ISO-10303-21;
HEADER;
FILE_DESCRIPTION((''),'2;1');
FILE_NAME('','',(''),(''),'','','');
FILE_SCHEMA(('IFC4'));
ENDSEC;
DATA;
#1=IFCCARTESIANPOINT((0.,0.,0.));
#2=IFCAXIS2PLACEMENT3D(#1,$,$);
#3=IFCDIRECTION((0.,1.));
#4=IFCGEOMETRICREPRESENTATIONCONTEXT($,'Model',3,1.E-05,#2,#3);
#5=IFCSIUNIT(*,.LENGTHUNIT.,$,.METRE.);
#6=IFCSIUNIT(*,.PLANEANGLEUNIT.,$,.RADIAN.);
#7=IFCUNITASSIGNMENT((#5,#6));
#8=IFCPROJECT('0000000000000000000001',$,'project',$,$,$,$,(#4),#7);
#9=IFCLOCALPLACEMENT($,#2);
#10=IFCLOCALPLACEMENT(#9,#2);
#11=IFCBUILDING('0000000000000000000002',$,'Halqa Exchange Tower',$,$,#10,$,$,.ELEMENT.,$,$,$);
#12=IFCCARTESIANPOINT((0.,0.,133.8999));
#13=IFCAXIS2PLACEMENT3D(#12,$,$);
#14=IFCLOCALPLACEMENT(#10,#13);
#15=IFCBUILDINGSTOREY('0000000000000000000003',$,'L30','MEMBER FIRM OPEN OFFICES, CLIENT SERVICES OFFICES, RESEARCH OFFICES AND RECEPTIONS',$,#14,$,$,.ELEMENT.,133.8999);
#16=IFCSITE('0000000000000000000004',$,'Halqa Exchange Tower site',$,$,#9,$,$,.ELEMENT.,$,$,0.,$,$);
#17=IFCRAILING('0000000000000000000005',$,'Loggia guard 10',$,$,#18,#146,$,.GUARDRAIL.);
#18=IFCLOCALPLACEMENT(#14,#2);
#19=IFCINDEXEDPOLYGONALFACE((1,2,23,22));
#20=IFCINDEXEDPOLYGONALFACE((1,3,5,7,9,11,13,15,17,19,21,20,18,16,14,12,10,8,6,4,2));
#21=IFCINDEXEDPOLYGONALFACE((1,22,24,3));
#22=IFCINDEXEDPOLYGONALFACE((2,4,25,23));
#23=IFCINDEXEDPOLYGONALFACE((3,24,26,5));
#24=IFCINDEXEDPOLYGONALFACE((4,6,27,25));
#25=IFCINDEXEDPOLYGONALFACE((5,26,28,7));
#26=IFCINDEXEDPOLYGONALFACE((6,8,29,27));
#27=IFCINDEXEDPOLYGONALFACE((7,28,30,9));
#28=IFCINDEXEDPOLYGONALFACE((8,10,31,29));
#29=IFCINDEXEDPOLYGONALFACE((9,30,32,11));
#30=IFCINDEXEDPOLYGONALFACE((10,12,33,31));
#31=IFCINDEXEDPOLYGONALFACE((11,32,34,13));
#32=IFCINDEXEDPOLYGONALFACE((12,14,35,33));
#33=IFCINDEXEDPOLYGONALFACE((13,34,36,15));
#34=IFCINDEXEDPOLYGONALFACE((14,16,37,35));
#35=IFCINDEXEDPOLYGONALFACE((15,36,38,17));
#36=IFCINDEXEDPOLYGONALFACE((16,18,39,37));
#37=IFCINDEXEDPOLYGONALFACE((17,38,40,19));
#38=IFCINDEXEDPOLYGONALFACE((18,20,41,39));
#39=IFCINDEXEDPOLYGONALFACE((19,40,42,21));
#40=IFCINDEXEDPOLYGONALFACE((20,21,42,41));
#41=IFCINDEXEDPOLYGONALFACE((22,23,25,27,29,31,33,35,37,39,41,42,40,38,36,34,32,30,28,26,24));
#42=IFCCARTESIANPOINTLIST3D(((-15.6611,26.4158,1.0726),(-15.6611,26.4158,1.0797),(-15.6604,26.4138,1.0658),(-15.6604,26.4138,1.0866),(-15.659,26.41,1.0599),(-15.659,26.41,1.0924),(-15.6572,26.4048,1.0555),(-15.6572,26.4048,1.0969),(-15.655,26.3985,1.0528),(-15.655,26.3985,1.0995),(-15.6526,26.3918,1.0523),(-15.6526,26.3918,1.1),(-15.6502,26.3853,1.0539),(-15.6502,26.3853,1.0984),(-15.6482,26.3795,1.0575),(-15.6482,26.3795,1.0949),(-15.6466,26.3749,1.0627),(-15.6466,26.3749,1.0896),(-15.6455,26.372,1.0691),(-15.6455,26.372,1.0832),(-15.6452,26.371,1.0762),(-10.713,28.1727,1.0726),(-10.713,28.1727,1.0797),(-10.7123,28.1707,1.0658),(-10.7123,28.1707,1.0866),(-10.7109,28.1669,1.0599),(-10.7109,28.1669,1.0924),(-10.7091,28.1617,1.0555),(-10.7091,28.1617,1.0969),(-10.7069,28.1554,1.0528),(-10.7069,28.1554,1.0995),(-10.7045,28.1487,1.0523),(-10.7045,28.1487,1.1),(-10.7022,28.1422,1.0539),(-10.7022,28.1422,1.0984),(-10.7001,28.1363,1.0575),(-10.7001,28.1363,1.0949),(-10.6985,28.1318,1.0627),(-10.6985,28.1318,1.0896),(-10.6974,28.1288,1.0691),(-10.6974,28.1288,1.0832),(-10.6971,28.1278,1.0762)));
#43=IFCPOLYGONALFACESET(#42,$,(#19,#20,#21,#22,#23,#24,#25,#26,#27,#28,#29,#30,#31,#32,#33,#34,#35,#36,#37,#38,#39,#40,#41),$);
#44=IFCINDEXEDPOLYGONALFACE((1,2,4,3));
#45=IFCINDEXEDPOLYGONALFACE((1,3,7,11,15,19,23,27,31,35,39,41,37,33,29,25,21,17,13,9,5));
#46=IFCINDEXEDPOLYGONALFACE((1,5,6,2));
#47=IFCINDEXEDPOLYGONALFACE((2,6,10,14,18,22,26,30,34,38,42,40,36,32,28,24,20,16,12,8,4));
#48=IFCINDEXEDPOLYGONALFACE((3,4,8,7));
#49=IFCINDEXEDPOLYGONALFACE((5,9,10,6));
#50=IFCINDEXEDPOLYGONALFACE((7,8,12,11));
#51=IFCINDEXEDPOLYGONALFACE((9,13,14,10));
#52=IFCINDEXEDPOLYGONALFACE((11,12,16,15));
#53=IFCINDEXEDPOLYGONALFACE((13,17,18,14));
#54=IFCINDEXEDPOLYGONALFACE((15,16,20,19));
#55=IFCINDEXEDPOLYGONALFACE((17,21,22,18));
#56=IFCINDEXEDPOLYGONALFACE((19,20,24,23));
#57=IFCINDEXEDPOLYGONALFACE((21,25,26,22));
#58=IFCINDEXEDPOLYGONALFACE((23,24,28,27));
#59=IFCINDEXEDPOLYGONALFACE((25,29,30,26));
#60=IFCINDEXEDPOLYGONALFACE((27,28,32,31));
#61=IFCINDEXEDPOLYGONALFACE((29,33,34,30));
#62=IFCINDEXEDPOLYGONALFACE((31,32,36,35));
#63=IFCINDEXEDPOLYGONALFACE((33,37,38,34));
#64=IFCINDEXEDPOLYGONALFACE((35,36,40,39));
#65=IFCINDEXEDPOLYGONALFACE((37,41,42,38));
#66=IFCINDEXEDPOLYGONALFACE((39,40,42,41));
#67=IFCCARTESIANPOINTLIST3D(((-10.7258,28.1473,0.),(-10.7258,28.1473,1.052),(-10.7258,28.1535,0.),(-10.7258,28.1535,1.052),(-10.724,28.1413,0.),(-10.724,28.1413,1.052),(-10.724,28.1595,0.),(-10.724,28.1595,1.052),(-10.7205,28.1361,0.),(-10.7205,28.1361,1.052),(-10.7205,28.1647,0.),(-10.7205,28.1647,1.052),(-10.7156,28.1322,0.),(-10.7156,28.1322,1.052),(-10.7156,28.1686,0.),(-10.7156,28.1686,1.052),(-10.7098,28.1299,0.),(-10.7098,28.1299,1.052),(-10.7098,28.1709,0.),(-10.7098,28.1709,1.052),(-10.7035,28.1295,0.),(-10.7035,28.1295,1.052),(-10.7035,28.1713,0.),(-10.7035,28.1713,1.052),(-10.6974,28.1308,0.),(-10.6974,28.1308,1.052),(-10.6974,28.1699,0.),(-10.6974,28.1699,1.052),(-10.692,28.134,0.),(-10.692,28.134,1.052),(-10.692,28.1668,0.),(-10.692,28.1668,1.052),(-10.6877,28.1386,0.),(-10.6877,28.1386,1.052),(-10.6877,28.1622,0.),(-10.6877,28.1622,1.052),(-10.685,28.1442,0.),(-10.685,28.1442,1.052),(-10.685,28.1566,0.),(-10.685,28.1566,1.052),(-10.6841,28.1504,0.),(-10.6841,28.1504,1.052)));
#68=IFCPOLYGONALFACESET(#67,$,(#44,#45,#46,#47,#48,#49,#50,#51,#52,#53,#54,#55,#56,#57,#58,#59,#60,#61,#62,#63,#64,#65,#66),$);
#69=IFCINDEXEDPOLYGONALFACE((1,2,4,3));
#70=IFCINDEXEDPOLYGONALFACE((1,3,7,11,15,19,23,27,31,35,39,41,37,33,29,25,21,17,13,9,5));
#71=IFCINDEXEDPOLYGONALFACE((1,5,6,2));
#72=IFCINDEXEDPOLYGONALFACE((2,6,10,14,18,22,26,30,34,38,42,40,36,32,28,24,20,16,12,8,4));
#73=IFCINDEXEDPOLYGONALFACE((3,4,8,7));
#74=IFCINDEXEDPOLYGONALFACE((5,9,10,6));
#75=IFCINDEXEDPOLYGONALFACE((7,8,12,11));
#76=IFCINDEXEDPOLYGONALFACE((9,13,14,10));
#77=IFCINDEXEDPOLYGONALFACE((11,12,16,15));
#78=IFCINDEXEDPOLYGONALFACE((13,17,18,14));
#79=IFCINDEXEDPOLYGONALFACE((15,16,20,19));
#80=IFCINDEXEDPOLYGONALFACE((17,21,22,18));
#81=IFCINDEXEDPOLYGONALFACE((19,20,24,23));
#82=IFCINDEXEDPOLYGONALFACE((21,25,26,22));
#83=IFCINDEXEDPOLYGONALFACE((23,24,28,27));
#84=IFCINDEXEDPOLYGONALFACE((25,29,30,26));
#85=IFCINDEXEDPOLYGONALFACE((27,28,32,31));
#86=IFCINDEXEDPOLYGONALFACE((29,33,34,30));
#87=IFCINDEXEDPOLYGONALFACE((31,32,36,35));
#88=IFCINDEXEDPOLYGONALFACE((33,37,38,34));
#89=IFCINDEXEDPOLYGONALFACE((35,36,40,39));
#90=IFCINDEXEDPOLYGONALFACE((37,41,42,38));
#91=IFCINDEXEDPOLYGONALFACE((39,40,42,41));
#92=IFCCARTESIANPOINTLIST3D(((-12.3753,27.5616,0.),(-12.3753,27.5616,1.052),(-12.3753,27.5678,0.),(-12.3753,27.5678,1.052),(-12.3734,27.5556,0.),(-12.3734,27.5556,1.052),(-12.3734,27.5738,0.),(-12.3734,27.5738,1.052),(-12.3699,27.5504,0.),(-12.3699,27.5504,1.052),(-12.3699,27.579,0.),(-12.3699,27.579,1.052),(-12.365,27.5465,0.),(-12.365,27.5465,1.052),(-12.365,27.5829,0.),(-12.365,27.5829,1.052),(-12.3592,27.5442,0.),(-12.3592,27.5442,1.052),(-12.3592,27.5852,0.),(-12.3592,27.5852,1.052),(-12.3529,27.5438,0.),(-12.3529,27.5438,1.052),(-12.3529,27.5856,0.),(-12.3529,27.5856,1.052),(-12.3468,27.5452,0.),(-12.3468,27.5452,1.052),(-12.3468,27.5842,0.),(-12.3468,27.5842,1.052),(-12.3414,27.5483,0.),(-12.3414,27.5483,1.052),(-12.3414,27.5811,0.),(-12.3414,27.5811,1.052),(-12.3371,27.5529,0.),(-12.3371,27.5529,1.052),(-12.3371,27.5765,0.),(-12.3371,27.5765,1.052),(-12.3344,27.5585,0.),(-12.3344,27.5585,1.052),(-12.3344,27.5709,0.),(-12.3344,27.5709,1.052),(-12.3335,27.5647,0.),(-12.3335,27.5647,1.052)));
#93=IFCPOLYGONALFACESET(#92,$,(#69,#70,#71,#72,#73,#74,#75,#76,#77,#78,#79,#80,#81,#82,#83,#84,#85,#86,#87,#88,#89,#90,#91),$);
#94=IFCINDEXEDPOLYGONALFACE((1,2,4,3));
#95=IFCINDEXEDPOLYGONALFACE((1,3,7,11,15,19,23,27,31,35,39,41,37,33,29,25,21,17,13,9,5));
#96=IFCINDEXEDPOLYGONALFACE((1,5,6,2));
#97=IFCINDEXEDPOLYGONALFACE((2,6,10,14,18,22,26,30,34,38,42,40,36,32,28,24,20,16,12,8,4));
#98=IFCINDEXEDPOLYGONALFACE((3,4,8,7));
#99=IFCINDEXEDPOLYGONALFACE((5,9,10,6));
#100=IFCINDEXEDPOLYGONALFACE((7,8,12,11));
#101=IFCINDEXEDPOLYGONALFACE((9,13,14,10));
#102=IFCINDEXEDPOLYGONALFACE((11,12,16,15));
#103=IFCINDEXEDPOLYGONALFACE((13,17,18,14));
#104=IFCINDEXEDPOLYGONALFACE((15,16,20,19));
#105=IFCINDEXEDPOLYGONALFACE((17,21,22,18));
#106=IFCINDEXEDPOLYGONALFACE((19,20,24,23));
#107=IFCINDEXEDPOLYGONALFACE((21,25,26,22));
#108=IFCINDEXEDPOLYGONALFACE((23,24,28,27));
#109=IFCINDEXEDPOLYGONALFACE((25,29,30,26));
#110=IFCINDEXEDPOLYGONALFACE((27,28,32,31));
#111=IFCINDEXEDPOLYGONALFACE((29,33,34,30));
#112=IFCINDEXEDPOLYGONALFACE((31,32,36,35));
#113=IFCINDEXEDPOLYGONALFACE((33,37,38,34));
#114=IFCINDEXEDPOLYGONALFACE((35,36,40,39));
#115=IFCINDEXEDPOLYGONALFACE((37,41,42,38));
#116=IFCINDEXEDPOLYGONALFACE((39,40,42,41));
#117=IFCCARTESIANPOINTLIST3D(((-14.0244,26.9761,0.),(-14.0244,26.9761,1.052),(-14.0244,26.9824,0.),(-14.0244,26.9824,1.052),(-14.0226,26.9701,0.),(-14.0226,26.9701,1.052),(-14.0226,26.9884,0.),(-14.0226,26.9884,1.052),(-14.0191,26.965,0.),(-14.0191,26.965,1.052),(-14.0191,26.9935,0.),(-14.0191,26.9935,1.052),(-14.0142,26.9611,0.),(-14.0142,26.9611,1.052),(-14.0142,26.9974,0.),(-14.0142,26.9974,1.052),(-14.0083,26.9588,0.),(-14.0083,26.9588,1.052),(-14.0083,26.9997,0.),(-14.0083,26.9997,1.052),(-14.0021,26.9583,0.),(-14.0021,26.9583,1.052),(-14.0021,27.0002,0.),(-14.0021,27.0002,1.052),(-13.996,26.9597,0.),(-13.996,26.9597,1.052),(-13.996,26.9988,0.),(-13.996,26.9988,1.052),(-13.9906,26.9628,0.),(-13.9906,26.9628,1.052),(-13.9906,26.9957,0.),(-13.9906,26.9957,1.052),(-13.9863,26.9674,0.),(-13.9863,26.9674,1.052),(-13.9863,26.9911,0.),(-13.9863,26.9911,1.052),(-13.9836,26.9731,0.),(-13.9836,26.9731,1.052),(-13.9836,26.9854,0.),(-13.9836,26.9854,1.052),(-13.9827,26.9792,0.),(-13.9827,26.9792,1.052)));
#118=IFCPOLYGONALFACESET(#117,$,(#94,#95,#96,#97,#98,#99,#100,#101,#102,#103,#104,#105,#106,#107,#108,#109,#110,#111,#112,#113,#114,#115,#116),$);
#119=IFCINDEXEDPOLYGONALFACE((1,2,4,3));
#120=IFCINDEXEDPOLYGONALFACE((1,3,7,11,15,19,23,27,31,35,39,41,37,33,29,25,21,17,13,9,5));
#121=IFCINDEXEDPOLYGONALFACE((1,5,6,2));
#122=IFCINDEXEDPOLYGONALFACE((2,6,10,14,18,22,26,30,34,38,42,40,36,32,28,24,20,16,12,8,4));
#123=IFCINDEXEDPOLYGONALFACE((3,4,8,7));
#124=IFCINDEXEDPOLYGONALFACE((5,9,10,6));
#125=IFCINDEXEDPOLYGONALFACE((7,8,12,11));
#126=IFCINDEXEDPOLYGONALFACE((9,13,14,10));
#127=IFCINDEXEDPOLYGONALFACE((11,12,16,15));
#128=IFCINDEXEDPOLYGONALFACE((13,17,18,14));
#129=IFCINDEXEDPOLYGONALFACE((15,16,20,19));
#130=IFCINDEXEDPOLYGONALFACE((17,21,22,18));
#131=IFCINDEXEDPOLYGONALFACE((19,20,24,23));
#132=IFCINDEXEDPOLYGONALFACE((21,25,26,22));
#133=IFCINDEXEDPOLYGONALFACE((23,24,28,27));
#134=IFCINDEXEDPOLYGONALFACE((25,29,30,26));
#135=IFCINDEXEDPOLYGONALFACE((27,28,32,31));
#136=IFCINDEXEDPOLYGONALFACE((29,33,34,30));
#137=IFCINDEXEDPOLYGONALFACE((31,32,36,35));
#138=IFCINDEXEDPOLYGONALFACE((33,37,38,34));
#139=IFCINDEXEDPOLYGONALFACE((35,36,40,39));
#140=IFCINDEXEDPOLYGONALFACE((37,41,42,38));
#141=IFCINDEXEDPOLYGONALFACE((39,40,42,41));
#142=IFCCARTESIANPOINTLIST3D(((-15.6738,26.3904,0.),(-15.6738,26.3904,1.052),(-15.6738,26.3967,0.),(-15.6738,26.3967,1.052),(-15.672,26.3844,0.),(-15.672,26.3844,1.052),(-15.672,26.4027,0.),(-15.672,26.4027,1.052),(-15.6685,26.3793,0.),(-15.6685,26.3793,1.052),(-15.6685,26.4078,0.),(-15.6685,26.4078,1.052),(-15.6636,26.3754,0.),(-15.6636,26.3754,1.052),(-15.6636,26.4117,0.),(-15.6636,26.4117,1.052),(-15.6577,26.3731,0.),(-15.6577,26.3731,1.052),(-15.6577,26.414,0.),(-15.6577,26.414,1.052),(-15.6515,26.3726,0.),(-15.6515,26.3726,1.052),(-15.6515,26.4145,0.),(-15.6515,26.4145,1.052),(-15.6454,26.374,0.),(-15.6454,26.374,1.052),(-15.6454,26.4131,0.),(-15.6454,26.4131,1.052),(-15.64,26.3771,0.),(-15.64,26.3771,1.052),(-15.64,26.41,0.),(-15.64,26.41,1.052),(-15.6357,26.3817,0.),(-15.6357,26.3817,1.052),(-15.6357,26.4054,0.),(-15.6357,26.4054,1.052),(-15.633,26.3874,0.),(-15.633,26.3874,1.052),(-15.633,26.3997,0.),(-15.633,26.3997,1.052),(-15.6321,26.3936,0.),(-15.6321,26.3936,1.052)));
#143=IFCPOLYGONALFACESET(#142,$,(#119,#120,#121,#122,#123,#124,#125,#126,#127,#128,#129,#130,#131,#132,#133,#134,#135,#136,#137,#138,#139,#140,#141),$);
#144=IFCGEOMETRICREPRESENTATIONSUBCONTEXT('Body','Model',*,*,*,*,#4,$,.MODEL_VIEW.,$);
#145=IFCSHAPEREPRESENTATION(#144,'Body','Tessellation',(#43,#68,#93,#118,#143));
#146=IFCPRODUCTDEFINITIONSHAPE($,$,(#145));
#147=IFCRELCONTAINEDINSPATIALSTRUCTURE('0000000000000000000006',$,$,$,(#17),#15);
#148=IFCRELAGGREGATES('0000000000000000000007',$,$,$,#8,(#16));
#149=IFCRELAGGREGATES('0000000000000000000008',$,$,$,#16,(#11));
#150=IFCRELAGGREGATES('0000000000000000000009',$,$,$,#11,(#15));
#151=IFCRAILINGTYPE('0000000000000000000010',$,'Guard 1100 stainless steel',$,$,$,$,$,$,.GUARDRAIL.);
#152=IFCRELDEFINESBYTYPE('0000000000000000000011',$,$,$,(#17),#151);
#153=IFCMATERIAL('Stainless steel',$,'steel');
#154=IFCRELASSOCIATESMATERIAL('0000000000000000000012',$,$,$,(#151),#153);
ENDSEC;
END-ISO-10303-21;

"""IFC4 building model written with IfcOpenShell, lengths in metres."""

from ifc_helpers import new_model, si_unit, direction, frame, origin, origin_2d, place, context, subcontext, project, spatial, circle, extrude, material, type_object, element, save


model = new_model("IFC4")

# Units and contexts
model_context = context("Model", 3, precision=1e-05, world=origin(), true_north=direction((0.0, 1.0)))
body_context = subcontext(model_context, "Body", "Model", "MODEL_VIEW")
ifc_project = project(units=[si_unit("LENGTHUNIT", "METRE"), si_unit("PLANEANGLEUNIT", "RADIAN")], contexts=[model_context])

# Site, building, storey
site_placement = place(None, origin())
site = spatial("IfcSite", under=ifc_project, at=site_placement, Name="Halqa Exchange Tower site", CompositionType="ELEMENT", RefElevation=0.0)
building_placement = place(site_placement, origin())
building = spatial("IfcBuilding", under=site, at=building_placement, Name="Halqa Exchange Tower", CompositionType="ELEMENT")
storey_placement = place(building_placement, frame((0.0, 0.0, 133.8999)))
storey = spatial("IfcBuildingStorey", under=building, at=storey_placement, Name="L30", Description="MEMBER FIRM OPEN OFFICES, CLIENT SERVICES OFFICES, RESEARCH OFFICES AND RECEPTIONS", CompositionType="ELEMENT", Elevation=133.8999)

# Railing
ifc_material_1 = material(Name="Stainless steel", Category="steel")
railing_type_1 = type_object("IfcRailingType", Name="Guard 1100 stainless steel", PredefinedType="GUARDRAIL", material=ifc_material_1)
railing_1_placement = place(storey_placement, frame((-10.7051, 28.1504, 0.0)))
element("IfcRailing", 1, at=railing_1_placement, inside=storey, type_object=railing_type_1, Name="Loggia guard 10", PredefinedType="GUARDRAIL", context=body_context, shape_type="SweptSolid", body=[
    extrude(circle(Radius=0.0239, at=origin_2d()), frame((0.0, 0.0, 1.0762), z_axis=(-0.942362, -0.334595, 0.0), x_axis=(0.334595, -0.942362, 0.0)), (0.0, 0.0, 1.0), 5.2507),
    extrude(circle(Radius=0.021, at=origin_2d()), origin(), (0.0, 0.0, 1.0), 1.052),
    extrude(circle(Radius=0.021, at=origin_2d()), frame((-1.6494, -0.5857, 0.0)), (0.0, 0.0, 1.0), 1.052),
    extrude(circle(Radius=0.021, at=origin_2d()), frame((-3.2986, -1.1711, 0.0)), (0.0, 0.0, 1.0), 1.052),
    extrude(circle(Radius=0.021, at=origin_2d()), frame((-4.948, -1.7568, 0.0)), (0.0, 0.0, 1.0), 1.052),
])

save(model, "model.ifc")
